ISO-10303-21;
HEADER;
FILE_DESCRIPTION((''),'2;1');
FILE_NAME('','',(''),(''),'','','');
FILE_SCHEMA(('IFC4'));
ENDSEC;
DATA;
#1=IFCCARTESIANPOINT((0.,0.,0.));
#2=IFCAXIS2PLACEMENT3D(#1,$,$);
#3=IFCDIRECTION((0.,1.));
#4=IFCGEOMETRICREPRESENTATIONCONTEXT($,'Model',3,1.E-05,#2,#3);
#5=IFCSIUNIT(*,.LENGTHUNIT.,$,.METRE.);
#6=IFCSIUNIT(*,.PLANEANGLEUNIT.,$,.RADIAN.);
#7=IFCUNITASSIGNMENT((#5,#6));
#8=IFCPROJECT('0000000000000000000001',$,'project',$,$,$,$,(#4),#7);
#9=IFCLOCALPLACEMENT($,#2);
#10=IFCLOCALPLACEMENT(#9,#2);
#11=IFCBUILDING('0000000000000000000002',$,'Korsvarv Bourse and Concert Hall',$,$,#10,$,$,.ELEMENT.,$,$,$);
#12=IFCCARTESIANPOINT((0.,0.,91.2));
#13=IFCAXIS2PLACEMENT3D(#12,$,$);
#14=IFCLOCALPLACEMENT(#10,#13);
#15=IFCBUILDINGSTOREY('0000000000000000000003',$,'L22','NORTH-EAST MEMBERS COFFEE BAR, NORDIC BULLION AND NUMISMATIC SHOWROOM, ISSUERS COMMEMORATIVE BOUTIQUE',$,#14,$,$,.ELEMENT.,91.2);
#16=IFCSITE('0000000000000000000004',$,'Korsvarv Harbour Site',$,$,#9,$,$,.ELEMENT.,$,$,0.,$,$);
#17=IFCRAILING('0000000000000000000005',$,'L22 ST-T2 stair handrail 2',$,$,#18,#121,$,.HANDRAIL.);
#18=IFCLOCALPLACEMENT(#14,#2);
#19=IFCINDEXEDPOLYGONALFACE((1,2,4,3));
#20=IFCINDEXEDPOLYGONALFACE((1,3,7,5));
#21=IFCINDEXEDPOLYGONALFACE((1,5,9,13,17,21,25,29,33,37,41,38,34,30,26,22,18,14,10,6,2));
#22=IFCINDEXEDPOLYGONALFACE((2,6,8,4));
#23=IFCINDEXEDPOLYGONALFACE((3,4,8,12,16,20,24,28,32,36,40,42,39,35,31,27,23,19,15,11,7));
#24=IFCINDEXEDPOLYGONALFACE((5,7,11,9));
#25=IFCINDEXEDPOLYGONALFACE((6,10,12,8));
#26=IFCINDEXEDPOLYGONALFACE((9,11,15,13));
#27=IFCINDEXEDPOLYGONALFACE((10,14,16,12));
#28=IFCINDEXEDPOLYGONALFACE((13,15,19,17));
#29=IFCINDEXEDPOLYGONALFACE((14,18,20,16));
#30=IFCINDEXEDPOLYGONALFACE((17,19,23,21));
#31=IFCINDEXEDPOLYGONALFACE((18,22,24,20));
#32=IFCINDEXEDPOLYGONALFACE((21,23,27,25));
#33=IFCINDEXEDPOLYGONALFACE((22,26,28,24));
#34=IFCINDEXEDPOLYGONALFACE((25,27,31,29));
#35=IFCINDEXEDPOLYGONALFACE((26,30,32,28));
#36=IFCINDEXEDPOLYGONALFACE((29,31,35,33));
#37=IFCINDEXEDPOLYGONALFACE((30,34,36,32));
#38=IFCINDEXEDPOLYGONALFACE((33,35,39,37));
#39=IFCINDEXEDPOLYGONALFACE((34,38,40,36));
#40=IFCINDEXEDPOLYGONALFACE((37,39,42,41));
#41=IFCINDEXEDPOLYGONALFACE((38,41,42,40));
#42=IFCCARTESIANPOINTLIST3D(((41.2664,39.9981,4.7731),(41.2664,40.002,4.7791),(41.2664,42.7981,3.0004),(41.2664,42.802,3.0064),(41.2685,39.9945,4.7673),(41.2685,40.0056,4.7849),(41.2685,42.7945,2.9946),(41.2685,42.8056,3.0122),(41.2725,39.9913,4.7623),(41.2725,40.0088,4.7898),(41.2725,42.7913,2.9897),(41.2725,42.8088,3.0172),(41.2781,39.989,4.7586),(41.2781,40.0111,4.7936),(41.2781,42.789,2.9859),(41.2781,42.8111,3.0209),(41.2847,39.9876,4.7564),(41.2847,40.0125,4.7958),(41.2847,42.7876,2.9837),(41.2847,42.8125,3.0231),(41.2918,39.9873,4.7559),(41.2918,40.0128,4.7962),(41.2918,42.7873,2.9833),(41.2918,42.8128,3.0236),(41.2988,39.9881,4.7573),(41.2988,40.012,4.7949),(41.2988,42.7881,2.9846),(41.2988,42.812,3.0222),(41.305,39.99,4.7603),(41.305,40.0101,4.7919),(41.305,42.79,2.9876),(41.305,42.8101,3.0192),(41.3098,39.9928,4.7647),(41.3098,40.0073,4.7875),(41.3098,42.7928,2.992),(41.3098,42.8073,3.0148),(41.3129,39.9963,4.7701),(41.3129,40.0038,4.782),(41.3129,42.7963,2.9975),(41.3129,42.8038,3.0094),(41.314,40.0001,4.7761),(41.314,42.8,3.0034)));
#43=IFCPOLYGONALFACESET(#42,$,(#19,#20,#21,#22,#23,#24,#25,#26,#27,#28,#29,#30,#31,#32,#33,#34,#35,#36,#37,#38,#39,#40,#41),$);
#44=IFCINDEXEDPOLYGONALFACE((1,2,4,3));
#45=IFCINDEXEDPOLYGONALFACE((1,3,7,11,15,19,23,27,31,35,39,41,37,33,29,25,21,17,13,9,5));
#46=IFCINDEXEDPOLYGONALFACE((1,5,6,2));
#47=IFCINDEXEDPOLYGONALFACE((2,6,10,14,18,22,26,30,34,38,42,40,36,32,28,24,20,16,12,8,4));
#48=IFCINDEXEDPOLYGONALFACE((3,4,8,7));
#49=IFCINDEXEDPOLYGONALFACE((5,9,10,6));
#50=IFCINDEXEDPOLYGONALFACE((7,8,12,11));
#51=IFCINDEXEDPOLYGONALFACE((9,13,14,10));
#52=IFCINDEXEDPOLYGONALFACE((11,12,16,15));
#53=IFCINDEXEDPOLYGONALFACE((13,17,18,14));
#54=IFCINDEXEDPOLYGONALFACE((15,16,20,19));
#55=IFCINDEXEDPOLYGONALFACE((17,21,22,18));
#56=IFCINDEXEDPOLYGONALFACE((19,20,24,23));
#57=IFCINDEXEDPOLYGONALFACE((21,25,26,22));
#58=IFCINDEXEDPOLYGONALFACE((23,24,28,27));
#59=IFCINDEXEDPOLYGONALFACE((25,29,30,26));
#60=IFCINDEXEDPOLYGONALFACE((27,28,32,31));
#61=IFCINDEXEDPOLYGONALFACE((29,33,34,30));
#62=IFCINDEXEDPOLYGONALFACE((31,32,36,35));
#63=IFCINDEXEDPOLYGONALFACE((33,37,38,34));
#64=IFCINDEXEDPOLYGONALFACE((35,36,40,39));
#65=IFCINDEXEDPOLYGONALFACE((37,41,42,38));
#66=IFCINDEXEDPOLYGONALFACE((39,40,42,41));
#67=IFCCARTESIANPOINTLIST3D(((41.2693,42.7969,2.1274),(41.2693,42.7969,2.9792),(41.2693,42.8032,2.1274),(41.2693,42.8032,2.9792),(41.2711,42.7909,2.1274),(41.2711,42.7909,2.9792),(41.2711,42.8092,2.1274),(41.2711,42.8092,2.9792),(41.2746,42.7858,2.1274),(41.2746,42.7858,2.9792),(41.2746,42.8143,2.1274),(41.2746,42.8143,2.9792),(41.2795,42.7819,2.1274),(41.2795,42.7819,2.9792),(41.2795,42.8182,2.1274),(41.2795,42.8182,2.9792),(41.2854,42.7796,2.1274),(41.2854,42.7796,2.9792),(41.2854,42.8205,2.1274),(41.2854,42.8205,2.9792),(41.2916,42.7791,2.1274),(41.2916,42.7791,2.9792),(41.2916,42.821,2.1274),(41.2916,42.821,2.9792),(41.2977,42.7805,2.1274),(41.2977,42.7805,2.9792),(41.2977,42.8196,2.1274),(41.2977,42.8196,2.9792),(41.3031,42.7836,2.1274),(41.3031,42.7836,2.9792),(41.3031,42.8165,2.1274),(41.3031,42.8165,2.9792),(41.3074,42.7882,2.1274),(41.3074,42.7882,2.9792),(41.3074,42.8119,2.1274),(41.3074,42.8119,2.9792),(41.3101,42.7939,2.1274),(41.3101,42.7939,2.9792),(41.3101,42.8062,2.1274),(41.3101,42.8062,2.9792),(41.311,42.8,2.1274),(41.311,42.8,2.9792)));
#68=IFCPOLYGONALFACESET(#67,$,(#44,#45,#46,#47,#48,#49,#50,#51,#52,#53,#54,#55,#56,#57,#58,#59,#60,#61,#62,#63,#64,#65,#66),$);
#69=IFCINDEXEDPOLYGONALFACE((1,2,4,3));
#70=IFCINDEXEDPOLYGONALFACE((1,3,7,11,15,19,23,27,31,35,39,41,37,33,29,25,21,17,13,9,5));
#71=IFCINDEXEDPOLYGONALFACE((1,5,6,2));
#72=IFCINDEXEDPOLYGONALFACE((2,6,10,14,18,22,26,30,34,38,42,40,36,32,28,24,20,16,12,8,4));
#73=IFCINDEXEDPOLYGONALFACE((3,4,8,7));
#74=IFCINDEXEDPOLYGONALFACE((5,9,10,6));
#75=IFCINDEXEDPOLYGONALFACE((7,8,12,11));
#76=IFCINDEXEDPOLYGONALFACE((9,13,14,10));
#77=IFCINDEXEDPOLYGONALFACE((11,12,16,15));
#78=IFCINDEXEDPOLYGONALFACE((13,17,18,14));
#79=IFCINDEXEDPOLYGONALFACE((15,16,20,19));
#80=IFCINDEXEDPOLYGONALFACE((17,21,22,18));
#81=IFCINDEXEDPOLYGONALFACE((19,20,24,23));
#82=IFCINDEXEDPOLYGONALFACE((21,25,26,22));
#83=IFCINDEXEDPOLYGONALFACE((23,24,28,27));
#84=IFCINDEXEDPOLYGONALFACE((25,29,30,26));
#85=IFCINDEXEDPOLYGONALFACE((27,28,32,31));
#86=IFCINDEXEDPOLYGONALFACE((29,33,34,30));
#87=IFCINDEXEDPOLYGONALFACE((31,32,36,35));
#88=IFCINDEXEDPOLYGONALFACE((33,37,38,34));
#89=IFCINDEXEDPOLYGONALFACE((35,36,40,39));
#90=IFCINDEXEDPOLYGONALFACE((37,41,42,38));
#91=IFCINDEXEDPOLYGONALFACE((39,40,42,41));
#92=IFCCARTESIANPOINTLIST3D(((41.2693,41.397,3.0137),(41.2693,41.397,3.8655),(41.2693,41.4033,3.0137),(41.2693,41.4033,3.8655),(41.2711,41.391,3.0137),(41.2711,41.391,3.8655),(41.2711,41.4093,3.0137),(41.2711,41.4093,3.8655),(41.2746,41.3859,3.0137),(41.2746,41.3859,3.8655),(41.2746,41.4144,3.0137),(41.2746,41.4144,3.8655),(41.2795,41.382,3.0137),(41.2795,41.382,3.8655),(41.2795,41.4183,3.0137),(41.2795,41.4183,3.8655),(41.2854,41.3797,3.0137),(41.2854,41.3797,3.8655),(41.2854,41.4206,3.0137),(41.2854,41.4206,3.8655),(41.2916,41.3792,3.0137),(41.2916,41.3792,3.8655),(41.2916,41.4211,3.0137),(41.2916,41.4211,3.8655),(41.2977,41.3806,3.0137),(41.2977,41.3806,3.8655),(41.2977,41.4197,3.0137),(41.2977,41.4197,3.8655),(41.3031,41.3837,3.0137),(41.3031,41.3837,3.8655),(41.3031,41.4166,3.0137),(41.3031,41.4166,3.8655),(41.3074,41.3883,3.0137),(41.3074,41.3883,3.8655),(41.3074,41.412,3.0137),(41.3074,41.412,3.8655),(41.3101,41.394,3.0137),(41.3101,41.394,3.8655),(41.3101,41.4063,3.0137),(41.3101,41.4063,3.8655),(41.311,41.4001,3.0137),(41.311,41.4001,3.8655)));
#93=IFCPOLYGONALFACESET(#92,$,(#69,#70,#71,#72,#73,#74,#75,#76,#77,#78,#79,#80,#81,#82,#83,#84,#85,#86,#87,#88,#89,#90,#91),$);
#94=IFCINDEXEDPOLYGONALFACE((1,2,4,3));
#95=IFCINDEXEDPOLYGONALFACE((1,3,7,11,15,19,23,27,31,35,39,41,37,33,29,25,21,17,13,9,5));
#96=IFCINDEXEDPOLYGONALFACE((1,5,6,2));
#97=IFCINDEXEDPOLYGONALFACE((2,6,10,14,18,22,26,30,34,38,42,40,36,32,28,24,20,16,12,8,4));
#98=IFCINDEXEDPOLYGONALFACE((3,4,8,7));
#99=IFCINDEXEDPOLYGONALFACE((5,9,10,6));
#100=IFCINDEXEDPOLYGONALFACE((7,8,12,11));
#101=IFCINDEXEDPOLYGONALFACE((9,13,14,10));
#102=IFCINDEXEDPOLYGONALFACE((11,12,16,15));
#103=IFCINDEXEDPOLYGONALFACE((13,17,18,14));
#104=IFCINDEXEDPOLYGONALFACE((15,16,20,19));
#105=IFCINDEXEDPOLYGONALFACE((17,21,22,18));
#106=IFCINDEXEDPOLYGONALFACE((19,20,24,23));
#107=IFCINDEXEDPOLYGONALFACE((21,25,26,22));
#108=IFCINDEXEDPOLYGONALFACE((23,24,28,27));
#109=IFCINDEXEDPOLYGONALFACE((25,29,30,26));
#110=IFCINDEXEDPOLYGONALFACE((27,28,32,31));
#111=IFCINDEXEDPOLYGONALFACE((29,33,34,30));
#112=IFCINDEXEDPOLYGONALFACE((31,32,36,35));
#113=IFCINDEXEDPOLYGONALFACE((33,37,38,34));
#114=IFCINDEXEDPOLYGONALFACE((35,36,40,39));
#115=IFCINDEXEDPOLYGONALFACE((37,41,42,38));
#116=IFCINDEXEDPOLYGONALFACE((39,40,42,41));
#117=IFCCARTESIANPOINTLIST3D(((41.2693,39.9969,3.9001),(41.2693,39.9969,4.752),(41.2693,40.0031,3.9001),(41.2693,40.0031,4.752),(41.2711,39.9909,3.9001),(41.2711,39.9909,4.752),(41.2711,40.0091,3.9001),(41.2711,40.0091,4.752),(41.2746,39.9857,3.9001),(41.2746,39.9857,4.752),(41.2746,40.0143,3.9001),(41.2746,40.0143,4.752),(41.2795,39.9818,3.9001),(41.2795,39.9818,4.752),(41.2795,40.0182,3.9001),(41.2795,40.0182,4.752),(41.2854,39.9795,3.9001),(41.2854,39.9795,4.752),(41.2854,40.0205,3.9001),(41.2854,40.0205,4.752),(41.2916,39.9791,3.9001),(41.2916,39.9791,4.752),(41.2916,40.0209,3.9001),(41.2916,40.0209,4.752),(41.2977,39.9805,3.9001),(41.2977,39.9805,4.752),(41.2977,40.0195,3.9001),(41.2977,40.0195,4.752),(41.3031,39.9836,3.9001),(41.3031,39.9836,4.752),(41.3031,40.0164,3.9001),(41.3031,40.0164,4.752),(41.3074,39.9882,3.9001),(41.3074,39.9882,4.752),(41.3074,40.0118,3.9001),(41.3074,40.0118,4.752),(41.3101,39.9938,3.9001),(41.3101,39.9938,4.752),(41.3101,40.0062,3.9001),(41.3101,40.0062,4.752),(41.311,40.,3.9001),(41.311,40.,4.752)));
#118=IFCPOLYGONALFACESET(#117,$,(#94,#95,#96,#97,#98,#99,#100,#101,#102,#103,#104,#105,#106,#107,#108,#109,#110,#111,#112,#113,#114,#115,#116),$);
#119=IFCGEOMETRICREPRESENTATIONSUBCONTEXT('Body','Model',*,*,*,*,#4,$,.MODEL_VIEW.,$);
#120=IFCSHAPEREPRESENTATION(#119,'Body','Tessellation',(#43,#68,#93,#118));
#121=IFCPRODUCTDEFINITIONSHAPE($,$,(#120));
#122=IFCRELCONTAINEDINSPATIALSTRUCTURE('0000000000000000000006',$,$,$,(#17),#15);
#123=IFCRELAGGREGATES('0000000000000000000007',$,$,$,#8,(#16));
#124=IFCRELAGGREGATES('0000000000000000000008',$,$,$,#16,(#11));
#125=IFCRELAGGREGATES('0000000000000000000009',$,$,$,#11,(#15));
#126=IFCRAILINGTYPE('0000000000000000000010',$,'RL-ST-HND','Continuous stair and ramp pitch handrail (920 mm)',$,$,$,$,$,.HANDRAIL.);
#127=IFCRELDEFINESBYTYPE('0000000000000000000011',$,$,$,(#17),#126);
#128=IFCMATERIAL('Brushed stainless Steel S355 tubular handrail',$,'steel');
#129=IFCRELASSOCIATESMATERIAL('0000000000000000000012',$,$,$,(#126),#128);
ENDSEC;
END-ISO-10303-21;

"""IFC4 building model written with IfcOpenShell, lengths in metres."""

from ifc_helpers import new_model, si_unit, direction, frame, origin, origin_2d, place, context, subcontext, project, spatial, circle, extrude, material, type_object, element, save


model = new_model("IFC4")

# Units and contexts
model_context = context("Model", 3, precision=1e-05, world=origin(), true_north=direction((0.0, 1.0)))
body_context = subcontext(model_context, "Body", "Model", "MODEL_VIEW")
ifc_project = project(units=[si_unit("LENGTHUNIT", "METRE"), si_unit("PLANEANGLEUNIT", "RADIAN")], contexts=[model_context])

# Site, building, storey
site_placement = place(None, origin())
site = spatial("IfcSite", under=ifc_project, at=site_placement, Name="Korsvarv Harbour Site", CompositionType="ELEMENT", RefElevation=0.0)
building_placement = place(site_placement, origin())
building = spatial("IfcBuilding", under=site, at=building_placement, Name="Korsvarv Bourse and Concert Hall", CompositionType="ELEMENT")
storey_placement = place(building_placement, frame((0.0, 0.0, 91.2)))
storey = spatial("IfcBuildingStorey", under=building, at=storey_placement, Name="L22", Description="NORTH-EAST MEMBERS COFFEE BAR, NORDIC BULLION AND NUMISMATIC SHOWROOM, ISSUERS COMMEMORATIVE BOUTIQUE", CompositionType="ELEMENT", Elevation=91.2)

# Railing
ifc_material_1 = material(Name="Brushed stainless Steel S355 tubular handrail", Category="steel")
railing_type_1 = type_object("IfcRailingType", Name="RL-ST-HND", Description="Continuous stair and ramp pitch handrail (920 mm)", PredefinedType="HANDRAIL", material=ifc_material_1)
railing_1_placement = place(storey_placement, frame((41.29, 42.8, 2.1274)))
element("IfcRailing", 1, at=railing_1_placement, inside=storey, type_object=railing_type_1, Name="L22 ST-T2 stair handrail 2", PredefinedType="HANDRAIL", context=body_context, shape_type="SweptSolid", body=[
    extrude(circle(Radius=0.0239, at=origin_2d()), frame((0.0, 0.0, 0.876), z_axis=(0.0, -0.844909, 0.53491), x_axis=(1.0, 0.0, 0.0)), (0.0, 0.0, 1.0), 3.314),
    extrude(circle(Radius=0.021, at=origin_2d()), origin(), (0.0, 0.0, 1.0), 0.8518),
    extrude(circle(Radius=0.021, at=origin_2d()), frame((0.0, -1.3999, 0.8862)), (0.0, 0.0, 1.0), 0.8518),
    extrude(circle(Radius=0.021, at=origin_2d()), frame((0.0, -2.8, 1.7727)), (0.0, 0.0, 1.0), 0.8518),
])

save(model, "model.ifc")
